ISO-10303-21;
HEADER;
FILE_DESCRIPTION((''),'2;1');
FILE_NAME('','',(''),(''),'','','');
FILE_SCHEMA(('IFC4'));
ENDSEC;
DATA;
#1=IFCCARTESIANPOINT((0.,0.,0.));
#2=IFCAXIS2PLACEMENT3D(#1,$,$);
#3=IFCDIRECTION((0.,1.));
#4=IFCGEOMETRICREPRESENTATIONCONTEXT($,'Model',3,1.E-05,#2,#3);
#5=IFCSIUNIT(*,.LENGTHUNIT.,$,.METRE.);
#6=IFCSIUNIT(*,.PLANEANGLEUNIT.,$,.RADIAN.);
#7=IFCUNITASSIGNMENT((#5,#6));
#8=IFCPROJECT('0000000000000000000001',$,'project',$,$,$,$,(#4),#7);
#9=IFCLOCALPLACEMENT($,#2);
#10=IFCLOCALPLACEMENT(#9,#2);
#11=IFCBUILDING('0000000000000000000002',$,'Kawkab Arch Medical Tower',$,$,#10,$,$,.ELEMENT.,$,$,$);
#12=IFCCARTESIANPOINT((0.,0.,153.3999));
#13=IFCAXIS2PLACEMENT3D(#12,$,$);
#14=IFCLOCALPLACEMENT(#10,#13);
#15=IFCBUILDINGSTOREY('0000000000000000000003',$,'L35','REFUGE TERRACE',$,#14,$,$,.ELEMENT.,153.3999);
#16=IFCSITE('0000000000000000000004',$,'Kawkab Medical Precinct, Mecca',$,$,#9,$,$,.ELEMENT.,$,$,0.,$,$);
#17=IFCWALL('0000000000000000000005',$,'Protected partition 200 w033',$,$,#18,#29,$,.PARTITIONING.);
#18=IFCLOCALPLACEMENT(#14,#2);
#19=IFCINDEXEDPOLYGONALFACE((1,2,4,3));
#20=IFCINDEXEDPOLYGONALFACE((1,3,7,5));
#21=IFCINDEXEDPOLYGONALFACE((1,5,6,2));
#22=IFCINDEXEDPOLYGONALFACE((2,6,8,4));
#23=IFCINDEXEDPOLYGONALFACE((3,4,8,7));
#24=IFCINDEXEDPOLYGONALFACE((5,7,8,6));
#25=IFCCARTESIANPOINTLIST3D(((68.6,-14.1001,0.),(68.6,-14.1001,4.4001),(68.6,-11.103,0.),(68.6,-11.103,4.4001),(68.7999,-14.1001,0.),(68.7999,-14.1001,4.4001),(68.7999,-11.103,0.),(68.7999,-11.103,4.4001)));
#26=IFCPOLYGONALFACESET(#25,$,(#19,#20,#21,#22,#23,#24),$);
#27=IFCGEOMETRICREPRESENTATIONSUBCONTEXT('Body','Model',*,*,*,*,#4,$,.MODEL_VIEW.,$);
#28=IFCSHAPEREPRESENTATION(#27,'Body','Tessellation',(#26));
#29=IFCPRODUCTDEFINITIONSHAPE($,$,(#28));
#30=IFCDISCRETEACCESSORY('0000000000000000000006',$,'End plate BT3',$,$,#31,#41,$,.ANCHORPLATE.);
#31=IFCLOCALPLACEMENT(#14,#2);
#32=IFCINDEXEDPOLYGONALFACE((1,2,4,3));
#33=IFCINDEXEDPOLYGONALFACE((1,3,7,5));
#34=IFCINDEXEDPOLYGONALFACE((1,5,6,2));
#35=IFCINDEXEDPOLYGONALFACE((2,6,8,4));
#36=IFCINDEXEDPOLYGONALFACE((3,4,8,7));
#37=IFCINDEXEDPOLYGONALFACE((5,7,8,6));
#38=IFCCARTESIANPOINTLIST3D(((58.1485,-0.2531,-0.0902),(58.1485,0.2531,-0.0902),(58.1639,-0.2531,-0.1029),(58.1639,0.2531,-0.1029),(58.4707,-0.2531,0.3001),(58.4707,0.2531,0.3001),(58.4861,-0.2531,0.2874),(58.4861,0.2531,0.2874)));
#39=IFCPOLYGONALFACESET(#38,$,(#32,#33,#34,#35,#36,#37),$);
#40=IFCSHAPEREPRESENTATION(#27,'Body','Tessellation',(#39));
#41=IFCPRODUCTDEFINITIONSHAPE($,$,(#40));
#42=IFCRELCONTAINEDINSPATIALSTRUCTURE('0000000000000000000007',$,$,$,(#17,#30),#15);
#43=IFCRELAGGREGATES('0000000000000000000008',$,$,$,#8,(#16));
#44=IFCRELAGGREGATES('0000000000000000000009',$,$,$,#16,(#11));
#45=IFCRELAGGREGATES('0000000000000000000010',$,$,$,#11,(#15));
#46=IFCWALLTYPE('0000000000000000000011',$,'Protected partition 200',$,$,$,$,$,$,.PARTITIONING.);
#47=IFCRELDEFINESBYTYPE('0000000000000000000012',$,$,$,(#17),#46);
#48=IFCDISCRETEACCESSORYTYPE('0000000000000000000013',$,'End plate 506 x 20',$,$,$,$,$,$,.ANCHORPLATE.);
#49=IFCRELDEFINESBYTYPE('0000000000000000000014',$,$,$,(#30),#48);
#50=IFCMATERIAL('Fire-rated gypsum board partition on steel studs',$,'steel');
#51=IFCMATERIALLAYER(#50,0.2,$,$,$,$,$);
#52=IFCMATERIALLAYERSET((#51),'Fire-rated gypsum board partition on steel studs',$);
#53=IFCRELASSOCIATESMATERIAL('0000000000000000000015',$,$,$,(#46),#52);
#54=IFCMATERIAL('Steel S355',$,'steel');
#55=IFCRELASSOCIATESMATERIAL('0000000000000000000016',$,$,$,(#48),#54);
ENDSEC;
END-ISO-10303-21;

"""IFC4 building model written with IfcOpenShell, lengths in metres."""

from ifc_helpers import new_model, si_unit, direction, frame, frame_2d, origin, origin_2d, place, context, subcontext, project, spatial, rectangle, extrude, material, layer, layer_set, material_profile, profile_set, type_object, element, save


model = new_model("IFC4")

# Units and contexts
model_context = context("Model", 3, precision=1e-05, world=origin(), true_north=direction((0.0, 1.0)))
body_context = subcontext(model_context, "Body", "Model", "MODEL_VIEW")
ifc_project = project(units=[si_unit("LENGTHUNIT", "METRE"), si_unit("PLANEANGLEUNIT", "RADIAN")], contexts=[model_context])

# Site, building, storey
site_placement = place(None, origin())
site = spatial("IfcSite", under=ifc_project, at=site_placement, Name="Kawkab Medical Precinct, Mecca", CompositionType="ELEMENT", RefElevation=0.0)
building_placement = place(site_placement, origin())
building = spatial("IfcBuilding", under=site, at=building_placement, Name="Kawkab Arch Medical Tower", CompositionType="ELEMENT")
storey_placement = place(building_placement, frame((0.0, 0.0, 153.3999)))
storey = spatial("IfcBuildingStorey", under=building, at=storey_placement, Name="L35", Description="REFUGE TERRACE", CompositionType="ELEMENT", Elevation=153.3999)

# Wall
ifc_material_1 = material(Name="Fire-rated gypsum board partition on steel studs", Category="steel")
ifc_layer_1 = layer(ifc_material_1, 0.2)
ifc_layer_set_1 = layer_set([ifc_layer_1], Name="Fire-rated gypsum board partition on steel studs")
wall_type_1 = type_object("IfcWallType", Name="Protected partition 200", PredefinedType="PARTITIONING", material=ifc_layer_set_1)
wall_1_placement = place(storey_placement, frame((68.7, -14.1001, 0.0), z_axis=(0.0, 0.0, 1.0), x_axis=(0.0, 1.0, 0.0)))
element("IfcWall", 1, at=wall_1_placement, inside=storey, type_object=wall_type_1, Name="Protected partition 200 w033", PredefinedType="PARTITIONING", context=body_context, shape_type="SweptSolid", body=[
    extrude(rectangle(XDim=2.9971, YDim=0.2, at=frame_2d((1.4985, 0.0))), origin(), (0.0, 0.0, 1.0), 4.4001),
])

# Discrete accessory
ifc_material_2 = material(Name="Steel S355", Category="steel")
ifc_material_profile_1 = material_profile(ifc_material_2, rectangle(XDim=0.5061, YDim=0.5061, at=origin_2d()), Name="End plate 506 x 20")
ifc_profile_set_1 = profile_set([ifc_material_profile_1], Name="Steel S355")
discrete_accessory_type = type_object("IfcDiscreteAccessoryType", Name="End plate 506 x 20", PredefinedType="ANCHORPLATE", material=ifc_profile_set_1)
discrete_accessory_placement = place(storey_placement, frame((58.3096, 0.0, 0.105), z_axis=(0.771223, 0.0, -0.636565), x_axis=(0.0, 1.0, 0.0)))
element("IfcDiscreteAccessory", 2, at=discrete_accessory_placement, inside=storey, type_object=discrete_accessory_type, Name="End plate BT3", PredefinedType="ANCHORPLATE", context=body_context, shape_type="SweptSolid", body=[
    extrude(rectangle(XDim=0.5061, YDim=0.5061, at=origin_2d()), origin(), (0.0, 0.0, 1.0), 0.02),
])

save(model, "model.ifc")
